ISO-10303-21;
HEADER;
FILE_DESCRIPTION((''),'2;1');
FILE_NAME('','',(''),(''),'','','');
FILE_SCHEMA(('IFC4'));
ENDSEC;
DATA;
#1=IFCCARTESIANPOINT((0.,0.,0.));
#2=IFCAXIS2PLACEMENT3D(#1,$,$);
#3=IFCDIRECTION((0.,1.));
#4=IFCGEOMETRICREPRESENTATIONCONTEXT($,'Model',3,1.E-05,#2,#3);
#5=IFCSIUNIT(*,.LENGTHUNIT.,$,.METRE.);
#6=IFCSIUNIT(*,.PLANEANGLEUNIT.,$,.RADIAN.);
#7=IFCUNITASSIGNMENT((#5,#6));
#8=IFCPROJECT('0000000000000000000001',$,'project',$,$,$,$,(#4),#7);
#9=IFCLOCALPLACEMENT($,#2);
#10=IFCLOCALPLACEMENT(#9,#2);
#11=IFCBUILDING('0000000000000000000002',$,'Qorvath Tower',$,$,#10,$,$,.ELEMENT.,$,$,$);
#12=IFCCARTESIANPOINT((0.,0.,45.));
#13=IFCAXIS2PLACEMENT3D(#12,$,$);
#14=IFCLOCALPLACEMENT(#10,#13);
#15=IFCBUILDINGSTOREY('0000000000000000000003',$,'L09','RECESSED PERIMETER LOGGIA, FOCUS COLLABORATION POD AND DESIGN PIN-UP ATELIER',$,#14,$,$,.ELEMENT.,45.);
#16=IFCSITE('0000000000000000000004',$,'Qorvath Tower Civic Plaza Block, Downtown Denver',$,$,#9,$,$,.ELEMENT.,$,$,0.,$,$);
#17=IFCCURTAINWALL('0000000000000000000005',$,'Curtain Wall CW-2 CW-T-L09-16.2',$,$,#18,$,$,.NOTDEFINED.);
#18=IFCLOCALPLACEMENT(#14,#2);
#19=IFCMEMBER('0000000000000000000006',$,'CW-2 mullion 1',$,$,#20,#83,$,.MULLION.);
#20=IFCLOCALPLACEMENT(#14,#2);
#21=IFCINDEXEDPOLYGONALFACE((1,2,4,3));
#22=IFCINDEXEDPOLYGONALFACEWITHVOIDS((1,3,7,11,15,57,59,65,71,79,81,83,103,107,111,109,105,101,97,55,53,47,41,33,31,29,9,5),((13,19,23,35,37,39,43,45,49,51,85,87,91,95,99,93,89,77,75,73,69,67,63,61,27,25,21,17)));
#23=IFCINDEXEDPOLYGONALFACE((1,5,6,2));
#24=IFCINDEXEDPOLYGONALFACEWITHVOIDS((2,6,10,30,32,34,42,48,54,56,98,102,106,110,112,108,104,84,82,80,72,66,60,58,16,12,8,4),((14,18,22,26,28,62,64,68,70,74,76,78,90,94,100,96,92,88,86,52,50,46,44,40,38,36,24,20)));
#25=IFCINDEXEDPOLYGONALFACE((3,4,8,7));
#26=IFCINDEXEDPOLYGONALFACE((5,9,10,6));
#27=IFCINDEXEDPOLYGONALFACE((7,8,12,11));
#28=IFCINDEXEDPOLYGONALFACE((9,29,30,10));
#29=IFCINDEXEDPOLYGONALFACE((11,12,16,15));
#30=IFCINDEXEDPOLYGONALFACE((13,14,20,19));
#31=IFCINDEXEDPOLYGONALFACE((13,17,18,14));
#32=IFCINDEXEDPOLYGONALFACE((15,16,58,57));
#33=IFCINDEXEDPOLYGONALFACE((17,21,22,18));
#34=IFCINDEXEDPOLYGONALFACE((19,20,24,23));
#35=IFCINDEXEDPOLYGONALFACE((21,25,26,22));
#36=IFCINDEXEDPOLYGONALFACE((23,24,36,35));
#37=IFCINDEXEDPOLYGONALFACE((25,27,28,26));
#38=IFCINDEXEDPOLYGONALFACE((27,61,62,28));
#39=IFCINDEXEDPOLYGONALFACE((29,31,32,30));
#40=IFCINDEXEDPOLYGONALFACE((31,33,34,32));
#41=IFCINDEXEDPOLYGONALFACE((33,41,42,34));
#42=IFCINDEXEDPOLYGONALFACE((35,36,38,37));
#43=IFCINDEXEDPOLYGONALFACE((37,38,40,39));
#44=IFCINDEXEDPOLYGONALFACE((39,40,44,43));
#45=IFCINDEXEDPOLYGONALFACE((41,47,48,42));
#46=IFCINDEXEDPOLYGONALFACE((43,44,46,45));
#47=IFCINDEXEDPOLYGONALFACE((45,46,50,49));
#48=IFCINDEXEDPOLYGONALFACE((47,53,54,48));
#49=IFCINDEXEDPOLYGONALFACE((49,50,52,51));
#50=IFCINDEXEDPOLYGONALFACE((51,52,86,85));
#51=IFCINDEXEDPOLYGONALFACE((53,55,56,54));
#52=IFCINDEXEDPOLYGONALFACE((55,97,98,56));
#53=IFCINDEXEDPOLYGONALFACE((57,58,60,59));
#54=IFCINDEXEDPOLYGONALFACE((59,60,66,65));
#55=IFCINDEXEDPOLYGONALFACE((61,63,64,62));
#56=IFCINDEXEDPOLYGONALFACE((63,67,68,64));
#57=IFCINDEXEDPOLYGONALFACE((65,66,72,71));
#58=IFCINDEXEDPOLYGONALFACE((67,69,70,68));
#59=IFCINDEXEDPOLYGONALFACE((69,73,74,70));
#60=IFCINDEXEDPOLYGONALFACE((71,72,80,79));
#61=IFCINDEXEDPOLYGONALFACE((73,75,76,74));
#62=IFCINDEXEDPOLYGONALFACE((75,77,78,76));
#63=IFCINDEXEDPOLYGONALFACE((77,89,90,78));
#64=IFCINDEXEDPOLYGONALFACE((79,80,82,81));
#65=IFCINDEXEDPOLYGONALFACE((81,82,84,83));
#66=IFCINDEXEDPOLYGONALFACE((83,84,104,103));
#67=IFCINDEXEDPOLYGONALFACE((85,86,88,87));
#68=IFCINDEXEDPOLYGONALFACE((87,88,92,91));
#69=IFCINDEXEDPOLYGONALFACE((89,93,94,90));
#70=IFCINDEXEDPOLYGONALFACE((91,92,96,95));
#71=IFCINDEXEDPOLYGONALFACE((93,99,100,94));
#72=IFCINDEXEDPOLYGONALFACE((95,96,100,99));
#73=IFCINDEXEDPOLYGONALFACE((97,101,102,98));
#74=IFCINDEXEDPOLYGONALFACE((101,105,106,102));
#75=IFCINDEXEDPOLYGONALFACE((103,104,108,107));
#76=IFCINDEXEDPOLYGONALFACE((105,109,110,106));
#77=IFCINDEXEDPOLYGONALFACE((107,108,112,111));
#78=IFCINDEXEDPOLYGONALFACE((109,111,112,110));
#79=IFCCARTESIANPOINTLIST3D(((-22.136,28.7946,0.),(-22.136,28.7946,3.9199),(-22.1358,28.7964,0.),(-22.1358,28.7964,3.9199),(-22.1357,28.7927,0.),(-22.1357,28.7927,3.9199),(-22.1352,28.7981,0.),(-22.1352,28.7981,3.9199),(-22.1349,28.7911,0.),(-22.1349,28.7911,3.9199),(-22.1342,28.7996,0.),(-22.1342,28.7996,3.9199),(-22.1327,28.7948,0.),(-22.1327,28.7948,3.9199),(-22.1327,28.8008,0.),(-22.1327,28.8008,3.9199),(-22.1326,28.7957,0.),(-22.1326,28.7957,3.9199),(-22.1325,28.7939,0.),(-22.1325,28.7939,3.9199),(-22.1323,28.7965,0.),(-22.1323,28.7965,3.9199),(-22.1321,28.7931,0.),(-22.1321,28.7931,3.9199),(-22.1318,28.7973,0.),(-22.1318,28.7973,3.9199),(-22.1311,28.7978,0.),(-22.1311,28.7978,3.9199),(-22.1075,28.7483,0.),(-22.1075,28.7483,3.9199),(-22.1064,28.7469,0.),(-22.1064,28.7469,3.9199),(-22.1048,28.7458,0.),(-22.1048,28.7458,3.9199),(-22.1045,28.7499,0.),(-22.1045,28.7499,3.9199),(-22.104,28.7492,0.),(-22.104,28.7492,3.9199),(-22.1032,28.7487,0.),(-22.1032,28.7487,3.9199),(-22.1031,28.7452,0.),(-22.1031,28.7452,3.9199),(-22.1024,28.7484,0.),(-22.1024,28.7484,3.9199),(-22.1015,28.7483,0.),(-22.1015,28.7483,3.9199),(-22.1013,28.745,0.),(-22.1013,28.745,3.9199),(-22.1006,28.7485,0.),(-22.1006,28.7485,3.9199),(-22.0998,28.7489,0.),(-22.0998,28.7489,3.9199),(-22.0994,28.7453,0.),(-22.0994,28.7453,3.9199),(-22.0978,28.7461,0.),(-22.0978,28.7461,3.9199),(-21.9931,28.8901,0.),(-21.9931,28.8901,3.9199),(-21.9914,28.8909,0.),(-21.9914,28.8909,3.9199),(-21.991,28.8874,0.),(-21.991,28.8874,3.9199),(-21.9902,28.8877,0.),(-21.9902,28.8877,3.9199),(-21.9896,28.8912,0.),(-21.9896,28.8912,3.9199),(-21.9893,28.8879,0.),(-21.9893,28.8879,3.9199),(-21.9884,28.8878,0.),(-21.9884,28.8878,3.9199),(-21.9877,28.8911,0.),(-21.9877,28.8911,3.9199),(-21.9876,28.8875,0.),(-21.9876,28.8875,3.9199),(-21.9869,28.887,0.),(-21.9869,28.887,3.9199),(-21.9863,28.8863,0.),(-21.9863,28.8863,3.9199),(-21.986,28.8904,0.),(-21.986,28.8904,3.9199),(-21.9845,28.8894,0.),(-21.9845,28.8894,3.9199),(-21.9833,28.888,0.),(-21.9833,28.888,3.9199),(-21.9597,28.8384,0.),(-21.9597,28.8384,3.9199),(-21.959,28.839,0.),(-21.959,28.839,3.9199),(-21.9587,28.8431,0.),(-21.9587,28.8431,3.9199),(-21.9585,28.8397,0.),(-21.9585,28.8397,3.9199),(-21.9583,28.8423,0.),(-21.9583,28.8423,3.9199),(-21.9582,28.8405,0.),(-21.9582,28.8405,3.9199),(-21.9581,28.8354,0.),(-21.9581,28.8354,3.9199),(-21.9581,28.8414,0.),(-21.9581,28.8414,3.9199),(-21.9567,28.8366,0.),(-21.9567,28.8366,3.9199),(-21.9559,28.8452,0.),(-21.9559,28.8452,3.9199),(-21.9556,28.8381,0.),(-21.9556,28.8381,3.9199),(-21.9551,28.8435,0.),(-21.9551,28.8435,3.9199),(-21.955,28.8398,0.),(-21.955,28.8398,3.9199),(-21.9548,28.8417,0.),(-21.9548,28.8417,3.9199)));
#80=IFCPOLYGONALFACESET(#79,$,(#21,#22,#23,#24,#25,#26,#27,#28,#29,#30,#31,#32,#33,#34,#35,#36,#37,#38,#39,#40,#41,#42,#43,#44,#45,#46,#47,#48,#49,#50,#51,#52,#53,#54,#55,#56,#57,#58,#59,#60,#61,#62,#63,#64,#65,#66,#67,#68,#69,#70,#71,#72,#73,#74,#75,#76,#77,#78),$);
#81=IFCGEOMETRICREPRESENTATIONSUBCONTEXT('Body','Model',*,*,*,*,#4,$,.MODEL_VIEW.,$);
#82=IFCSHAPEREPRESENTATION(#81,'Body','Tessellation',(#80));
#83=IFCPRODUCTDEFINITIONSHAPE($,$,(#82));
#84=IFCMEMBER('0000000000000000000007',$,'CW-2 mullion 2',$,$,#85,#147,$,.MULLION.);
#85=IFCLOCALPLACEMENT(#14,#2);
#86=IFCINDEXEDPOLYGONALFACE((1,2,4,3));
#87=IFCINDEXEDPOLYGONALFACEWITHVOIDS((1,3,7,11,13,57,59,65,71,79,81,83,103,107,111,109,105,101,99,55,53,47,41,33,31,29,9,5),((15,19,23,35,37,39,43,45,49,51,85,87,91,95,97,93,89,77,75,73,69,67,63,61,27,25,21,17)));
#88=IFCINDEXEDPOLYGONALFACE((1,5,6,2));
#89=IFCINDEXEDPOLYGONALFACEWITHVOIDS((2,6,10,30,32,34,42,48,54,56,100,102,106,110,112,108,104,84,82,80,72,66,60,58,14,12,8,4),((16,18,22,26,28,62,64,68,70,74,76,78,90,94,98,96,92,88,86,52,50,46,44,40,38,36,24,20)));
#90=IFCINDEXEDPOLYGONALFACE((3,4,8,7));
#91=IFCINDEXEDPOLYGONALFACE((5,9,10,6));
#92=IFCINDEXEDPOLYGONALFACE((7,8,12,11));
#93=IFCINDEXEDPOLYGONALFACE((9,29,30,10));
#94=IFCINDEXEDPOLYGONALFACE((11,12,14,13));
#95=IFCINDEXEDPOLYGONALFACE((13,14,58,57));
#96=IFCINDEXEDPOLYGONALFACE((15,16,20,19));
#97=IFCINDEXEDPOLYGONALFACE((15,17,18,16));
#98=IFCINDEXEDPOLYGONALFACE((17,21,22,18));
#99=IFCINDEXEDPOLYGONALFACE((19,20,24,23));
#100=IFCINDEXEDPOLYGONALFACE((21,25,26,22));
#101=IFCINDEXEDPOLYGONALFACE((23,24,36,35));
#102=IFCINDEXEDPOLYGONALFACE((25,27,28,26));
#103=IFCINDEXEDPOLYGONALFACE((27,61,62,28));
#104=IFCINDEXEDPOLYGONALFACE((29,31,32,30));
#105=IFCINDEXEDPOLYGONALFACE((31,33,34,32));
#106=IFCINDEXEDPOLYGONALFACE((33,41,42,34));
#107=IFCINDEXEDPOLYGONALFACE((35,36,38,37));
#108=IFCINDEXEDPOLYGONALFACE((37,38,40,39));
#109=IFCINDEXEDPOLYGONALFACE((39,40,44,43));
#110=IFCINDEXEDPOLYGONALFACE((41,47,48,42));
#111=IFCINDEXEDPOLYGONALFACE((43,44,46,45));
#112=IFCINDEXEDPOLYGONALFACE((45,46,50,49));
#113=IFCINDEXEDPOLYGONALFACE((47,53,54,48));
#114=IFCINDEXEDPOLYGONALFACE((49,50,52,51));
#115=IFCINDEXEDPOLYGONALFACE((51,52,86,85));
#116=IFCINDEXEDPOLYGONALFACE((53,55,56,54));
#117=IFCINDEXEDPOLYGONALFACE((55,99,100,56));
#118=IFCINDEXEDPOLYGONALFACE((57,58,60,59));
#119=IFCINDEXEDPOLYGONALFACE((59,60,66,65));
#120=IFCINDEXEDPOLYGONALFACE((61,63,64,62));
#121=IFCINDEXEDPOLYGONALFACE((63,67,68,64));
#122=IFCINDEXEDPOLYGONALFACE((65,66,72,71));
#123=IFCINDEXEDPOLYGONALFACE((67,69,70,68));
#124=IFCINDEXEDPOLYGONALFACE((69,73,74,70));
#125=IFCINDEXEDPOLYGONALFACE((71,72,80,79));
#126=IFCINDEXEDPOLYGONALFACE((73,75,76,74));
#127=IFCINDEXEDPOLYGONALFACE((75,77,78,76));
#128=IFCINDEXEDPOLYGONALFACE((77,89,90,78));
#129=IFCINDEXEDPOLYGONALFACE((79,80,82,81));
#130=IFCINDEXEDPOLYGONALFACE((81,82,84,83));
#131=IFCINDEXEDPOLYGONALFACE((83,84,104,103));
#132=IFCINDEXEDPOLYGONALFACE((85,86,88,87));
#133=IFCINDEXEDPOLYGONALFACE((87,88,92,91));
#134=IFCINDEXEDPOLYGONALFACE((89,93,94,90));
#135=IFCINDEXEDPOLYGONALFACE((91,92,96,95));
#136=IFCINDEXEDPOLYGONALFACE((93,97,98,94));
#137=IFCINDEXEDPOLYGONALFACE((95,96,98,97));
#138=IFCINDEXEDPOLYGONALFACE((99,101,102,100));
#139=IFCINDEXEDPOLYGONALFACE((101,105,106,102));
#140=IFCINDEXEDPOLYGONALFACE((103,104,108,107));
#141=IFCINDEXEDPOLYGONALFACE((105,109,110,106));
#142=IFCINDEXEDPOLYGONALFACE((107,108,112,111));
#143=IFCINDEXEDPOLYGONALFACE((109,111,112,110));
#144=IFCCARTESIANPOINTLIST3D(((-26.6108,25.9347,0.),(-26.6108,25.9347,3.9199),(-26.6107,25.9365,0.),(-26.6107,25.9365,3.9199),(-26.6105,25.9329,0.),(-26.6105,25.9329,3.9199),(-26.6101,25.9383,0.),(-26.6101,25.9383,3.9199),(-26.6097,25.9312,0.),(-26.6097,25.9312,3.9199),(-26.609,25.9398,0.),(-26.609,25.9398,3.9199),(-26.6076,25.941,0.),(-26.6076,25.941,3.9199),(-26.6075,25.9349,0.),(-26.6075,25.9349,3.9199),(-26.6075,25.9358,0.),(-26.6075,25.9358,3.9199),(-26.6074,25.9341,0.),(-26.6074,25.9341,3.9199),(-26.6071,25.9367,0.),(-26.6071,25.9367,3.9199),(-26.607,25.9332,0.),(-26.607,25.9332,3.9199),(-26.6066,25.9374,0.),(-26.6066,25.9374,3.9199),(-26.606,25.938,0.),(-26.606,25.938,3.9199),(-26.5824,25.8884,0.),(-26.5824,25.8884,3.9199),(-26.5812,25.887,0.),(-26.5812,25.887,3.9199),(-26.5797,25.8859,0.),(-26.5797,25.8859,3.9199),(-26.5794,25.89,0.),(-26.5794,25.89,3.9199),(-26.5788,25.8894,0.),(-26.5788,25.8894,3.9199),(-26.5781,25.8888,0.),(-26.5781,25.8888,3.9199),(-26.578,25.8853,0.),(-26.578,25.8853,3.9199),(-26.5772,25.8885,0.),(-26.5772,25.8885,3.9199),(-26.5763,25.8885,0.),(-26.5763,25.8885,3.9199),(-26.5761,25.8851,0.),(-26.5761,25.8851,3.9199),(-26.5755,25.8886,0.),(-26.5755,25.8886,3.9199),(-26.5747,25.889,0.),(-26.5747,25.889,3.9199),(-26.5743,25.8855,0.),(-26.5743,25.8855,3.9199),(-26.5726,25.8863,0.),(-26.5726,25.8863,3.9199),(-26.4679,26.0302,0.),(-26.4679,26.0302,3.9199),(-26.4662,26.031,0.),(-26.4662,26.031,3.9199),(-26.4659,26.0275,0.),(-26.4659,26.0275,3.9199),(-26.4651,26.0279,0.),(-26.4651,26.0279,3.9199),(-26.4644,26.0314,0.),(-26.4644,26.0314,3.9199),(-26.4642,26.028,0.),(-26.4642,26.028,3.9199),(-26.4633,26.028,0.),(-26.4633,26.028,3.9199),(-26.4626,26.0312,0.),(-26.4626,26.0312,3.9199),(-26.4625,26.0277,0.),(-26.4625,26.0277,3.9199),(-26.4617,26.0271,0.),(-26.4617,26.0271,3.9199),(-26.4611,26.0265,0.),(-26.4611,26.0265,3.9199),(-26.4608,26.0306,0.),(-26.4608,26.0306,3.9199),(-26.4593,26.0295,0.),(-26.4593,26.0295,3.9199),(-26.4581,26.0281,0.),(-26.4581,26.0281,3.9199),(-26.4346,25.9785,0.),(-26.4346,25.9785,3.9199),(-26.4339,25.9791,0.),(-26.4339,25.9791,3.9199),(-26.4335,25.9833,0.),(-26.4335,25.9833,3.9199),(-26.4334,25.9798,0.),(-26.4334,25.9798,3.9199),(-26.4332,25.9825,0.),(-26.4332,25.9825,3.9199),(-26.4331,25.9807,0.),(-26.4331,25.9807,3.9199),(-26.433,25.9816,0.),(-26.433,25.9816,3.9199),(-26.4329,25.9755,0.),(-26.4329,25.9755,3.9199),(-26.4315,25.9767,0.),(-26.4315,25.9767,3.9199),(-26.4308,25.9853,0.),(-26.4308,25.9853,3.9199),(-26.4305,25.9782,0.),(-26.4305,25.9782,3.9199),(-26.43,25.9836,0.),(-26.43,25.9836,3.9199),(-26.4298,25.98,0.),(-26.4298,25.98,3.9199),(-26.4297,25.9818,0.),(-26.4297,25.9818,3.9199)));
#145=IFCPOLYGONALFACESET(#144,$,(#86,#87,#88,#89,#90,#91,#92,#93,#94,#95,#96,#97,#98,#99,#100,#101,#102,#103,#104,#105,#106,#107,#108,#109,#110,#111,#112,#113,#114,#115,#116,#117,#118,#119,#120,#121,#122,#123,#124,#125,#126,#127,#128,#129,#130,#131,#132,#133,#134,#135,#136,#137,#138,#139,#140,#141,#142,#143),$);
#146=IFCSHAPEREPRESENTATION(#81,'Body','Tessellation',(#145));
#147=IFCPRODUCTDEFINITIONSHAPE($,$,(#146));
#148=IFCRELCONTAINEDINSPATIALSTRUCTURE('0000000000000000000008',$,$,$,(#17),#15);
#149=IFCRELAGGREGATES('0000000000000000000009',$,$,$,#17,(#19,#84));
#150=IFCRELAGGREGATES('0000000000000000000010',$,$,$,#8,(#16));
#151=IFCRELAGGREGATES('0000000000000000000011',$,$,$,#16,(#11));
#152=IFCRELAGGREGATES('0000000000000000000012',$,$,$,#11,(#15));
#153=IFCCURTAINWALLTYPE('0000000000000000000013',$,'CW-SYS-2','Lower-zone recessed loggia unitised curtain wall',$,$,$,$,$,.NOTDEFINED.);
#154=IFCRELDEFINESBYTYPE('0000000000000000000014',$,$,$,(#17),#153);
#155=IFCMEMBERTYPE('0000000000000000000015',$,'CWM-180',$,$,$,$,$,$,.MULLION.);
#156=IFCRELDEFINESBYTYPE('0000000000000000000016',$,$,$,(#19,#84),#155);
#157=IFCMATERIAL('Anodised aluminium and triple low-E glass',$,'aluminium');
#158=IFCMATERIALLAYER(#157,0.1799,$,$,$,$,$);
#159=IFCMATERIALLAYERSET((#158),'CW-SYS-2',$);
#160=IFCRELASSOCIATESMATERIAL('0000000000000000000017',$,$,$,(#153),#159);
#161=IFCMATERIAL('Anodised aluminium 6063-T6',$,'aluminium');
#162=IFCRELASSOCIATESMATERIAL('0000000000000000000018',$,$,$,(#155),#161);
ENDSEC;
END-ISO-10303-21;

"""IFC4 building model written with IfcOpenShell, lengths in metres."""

from ifc_helpers import new_model, si_unit, direction, frame, origin, origin_2d, place, context, subcontext, project, spatial, hollow_rectangle, extrude, material, layer, layer_set, material_profile, profile_set, type_object, element, aggregate, save


model = new_model("IFC4")

# Units and contexts
model_context = context("Model", 3, precision=1e-05, world=origin(), true_north=direction((0.0, 1.0)))
body_context = subcontext(model_context, "Body", "Model", "MODEL_VIEW")
ifc_project = project(units=[si_unit("LENGTHUNIT", "METRE"), si_unit("PLANEANGLEUNIT", "RADIAN")], contexts=[model_context])

# Site, building, storey
site_placement = place(None, origin())
site = spatial("IfcSite", under=ifc_project, at=site_placement, Name="Qorvath Tower Civic Plaza Block, Downtown Denver", CompositionType="ELEMENT", RefElevation=0.0)
building_placement = place(site_placement, origin())
building = spatial("IfcBuilding", under=site, at=building_placement, Name="Qorvath Tower", CompositionType="ELEMENT")
storey_placement = place(building_placement, frame((0.0, 0.0, 45.0)))
storey = spatial("IfcBuildingStorey", under=building, at=storey_placement, Name="L09", Description="RECESSED PERIMETER LOGGIA, FOCUS COLLABORATION POD AND DESIGN PIN-UP ATELIER", CompositionType="ELEMENT", Elevation=45.0)

# Shared definitions
ifc_material_1 = material(Name="Anodised aluminium and triple low-E glass", Category="aluminium")
ifc_layer_1 = layer(ifc_material_1, 0.1799)
ifc_layer_set_1 = layer_set([ifc_layer_1], Name="CW-SYS-2")
curtain_wall_type = type_object("IfcCurtainWallType", Name="CW-SYS-2", Description="Lower-zone recessed loggia unitised curtain wall", PredefinedType="NOTDEFINED", material=ifc_layer_set_1)
ifc_material_2 = material(Name="Anodised aluminium 6063-T6", Category="aluminium")
ifc_material_profile_1 = material_profile(ifc_material_2, hollow_rectangle(XDim=0.0649, YDim=0.1799, WallThickness=0.0034, InnerFilletRadius=0.0034, OuterFilletRadius=0.0071, at=origin_2d()), Name="CWM 180x65")
ifc_profile_set_1 = profile_set([ifc_material_profile_1], Name="Anodised aluminium 6063-T6")
member_type_1 = type_object("IfcMemberType", Name="CWM-180", PredefinedType="MULLION", material=ifc_profile_set_1)

# Curtain wall, members
curtain_wall_1_placement = place(storey_placement, origin())
curtain_wall_1 = element("IfcCurtainWall", 1, at=curtain_wall_1_placement, inside=storey, type_object=curtain_wall_type, Name="Curtain Wall CW-2 CW-T-L09-16.2", PredefinedType="NOTDEFINED")
member_1_placement = place(storey_placement, frame((-22.0454, 28.8181, 0.0), z_axis=(0.0, 0.0, 1.0), x_axis=(0.538541, -0.842599, 0.0)))
member_1 = element("IfcMember", 2, at=member_1_placement, type_object=member_type_1, Name="CW-2 mullion 1", PredefinedType="MULLION", context=body_context, shape_type="SweptSolid", body=[
    extrude(hollow_rectangle(XDim=0.0649, YDim=0.1799, WallThickness=0.0034, InnerFilletRadius=0.0034, OuterFilletRadius=0.0071, at=origin_2d()), origin(), (0.0, 0.0, 1.0), 3.9199),
])
member_2_placement = place(storey_placement, frame((-26.5203, 25.9583, 0.0), z_axis=(0.0, 0.0, 1.0), x_axis=(0.538541, -0.842599, 0.0)))
member_2 = element("IfcMember", 3, at=member_2_placement, type_object=member_type_1, Name="CW-2 mullion 2", PredefinedType="MULLION", context=body_context, shape_type="SweptSolid", body=[
    extrude(hollow_rectangle(XDim=0.0649, YDim=0.1799, WallThickness=0.0034, InnerFilletRadius=0.0034, OuterFilletRadius=0.0071, at=origin_2d()), origin(), (0.0, 0.0, 1.0), 3.9199),
])

aggregate(curtain_wall_1, [member_1, member_2])

save(model, "model.ifc")
